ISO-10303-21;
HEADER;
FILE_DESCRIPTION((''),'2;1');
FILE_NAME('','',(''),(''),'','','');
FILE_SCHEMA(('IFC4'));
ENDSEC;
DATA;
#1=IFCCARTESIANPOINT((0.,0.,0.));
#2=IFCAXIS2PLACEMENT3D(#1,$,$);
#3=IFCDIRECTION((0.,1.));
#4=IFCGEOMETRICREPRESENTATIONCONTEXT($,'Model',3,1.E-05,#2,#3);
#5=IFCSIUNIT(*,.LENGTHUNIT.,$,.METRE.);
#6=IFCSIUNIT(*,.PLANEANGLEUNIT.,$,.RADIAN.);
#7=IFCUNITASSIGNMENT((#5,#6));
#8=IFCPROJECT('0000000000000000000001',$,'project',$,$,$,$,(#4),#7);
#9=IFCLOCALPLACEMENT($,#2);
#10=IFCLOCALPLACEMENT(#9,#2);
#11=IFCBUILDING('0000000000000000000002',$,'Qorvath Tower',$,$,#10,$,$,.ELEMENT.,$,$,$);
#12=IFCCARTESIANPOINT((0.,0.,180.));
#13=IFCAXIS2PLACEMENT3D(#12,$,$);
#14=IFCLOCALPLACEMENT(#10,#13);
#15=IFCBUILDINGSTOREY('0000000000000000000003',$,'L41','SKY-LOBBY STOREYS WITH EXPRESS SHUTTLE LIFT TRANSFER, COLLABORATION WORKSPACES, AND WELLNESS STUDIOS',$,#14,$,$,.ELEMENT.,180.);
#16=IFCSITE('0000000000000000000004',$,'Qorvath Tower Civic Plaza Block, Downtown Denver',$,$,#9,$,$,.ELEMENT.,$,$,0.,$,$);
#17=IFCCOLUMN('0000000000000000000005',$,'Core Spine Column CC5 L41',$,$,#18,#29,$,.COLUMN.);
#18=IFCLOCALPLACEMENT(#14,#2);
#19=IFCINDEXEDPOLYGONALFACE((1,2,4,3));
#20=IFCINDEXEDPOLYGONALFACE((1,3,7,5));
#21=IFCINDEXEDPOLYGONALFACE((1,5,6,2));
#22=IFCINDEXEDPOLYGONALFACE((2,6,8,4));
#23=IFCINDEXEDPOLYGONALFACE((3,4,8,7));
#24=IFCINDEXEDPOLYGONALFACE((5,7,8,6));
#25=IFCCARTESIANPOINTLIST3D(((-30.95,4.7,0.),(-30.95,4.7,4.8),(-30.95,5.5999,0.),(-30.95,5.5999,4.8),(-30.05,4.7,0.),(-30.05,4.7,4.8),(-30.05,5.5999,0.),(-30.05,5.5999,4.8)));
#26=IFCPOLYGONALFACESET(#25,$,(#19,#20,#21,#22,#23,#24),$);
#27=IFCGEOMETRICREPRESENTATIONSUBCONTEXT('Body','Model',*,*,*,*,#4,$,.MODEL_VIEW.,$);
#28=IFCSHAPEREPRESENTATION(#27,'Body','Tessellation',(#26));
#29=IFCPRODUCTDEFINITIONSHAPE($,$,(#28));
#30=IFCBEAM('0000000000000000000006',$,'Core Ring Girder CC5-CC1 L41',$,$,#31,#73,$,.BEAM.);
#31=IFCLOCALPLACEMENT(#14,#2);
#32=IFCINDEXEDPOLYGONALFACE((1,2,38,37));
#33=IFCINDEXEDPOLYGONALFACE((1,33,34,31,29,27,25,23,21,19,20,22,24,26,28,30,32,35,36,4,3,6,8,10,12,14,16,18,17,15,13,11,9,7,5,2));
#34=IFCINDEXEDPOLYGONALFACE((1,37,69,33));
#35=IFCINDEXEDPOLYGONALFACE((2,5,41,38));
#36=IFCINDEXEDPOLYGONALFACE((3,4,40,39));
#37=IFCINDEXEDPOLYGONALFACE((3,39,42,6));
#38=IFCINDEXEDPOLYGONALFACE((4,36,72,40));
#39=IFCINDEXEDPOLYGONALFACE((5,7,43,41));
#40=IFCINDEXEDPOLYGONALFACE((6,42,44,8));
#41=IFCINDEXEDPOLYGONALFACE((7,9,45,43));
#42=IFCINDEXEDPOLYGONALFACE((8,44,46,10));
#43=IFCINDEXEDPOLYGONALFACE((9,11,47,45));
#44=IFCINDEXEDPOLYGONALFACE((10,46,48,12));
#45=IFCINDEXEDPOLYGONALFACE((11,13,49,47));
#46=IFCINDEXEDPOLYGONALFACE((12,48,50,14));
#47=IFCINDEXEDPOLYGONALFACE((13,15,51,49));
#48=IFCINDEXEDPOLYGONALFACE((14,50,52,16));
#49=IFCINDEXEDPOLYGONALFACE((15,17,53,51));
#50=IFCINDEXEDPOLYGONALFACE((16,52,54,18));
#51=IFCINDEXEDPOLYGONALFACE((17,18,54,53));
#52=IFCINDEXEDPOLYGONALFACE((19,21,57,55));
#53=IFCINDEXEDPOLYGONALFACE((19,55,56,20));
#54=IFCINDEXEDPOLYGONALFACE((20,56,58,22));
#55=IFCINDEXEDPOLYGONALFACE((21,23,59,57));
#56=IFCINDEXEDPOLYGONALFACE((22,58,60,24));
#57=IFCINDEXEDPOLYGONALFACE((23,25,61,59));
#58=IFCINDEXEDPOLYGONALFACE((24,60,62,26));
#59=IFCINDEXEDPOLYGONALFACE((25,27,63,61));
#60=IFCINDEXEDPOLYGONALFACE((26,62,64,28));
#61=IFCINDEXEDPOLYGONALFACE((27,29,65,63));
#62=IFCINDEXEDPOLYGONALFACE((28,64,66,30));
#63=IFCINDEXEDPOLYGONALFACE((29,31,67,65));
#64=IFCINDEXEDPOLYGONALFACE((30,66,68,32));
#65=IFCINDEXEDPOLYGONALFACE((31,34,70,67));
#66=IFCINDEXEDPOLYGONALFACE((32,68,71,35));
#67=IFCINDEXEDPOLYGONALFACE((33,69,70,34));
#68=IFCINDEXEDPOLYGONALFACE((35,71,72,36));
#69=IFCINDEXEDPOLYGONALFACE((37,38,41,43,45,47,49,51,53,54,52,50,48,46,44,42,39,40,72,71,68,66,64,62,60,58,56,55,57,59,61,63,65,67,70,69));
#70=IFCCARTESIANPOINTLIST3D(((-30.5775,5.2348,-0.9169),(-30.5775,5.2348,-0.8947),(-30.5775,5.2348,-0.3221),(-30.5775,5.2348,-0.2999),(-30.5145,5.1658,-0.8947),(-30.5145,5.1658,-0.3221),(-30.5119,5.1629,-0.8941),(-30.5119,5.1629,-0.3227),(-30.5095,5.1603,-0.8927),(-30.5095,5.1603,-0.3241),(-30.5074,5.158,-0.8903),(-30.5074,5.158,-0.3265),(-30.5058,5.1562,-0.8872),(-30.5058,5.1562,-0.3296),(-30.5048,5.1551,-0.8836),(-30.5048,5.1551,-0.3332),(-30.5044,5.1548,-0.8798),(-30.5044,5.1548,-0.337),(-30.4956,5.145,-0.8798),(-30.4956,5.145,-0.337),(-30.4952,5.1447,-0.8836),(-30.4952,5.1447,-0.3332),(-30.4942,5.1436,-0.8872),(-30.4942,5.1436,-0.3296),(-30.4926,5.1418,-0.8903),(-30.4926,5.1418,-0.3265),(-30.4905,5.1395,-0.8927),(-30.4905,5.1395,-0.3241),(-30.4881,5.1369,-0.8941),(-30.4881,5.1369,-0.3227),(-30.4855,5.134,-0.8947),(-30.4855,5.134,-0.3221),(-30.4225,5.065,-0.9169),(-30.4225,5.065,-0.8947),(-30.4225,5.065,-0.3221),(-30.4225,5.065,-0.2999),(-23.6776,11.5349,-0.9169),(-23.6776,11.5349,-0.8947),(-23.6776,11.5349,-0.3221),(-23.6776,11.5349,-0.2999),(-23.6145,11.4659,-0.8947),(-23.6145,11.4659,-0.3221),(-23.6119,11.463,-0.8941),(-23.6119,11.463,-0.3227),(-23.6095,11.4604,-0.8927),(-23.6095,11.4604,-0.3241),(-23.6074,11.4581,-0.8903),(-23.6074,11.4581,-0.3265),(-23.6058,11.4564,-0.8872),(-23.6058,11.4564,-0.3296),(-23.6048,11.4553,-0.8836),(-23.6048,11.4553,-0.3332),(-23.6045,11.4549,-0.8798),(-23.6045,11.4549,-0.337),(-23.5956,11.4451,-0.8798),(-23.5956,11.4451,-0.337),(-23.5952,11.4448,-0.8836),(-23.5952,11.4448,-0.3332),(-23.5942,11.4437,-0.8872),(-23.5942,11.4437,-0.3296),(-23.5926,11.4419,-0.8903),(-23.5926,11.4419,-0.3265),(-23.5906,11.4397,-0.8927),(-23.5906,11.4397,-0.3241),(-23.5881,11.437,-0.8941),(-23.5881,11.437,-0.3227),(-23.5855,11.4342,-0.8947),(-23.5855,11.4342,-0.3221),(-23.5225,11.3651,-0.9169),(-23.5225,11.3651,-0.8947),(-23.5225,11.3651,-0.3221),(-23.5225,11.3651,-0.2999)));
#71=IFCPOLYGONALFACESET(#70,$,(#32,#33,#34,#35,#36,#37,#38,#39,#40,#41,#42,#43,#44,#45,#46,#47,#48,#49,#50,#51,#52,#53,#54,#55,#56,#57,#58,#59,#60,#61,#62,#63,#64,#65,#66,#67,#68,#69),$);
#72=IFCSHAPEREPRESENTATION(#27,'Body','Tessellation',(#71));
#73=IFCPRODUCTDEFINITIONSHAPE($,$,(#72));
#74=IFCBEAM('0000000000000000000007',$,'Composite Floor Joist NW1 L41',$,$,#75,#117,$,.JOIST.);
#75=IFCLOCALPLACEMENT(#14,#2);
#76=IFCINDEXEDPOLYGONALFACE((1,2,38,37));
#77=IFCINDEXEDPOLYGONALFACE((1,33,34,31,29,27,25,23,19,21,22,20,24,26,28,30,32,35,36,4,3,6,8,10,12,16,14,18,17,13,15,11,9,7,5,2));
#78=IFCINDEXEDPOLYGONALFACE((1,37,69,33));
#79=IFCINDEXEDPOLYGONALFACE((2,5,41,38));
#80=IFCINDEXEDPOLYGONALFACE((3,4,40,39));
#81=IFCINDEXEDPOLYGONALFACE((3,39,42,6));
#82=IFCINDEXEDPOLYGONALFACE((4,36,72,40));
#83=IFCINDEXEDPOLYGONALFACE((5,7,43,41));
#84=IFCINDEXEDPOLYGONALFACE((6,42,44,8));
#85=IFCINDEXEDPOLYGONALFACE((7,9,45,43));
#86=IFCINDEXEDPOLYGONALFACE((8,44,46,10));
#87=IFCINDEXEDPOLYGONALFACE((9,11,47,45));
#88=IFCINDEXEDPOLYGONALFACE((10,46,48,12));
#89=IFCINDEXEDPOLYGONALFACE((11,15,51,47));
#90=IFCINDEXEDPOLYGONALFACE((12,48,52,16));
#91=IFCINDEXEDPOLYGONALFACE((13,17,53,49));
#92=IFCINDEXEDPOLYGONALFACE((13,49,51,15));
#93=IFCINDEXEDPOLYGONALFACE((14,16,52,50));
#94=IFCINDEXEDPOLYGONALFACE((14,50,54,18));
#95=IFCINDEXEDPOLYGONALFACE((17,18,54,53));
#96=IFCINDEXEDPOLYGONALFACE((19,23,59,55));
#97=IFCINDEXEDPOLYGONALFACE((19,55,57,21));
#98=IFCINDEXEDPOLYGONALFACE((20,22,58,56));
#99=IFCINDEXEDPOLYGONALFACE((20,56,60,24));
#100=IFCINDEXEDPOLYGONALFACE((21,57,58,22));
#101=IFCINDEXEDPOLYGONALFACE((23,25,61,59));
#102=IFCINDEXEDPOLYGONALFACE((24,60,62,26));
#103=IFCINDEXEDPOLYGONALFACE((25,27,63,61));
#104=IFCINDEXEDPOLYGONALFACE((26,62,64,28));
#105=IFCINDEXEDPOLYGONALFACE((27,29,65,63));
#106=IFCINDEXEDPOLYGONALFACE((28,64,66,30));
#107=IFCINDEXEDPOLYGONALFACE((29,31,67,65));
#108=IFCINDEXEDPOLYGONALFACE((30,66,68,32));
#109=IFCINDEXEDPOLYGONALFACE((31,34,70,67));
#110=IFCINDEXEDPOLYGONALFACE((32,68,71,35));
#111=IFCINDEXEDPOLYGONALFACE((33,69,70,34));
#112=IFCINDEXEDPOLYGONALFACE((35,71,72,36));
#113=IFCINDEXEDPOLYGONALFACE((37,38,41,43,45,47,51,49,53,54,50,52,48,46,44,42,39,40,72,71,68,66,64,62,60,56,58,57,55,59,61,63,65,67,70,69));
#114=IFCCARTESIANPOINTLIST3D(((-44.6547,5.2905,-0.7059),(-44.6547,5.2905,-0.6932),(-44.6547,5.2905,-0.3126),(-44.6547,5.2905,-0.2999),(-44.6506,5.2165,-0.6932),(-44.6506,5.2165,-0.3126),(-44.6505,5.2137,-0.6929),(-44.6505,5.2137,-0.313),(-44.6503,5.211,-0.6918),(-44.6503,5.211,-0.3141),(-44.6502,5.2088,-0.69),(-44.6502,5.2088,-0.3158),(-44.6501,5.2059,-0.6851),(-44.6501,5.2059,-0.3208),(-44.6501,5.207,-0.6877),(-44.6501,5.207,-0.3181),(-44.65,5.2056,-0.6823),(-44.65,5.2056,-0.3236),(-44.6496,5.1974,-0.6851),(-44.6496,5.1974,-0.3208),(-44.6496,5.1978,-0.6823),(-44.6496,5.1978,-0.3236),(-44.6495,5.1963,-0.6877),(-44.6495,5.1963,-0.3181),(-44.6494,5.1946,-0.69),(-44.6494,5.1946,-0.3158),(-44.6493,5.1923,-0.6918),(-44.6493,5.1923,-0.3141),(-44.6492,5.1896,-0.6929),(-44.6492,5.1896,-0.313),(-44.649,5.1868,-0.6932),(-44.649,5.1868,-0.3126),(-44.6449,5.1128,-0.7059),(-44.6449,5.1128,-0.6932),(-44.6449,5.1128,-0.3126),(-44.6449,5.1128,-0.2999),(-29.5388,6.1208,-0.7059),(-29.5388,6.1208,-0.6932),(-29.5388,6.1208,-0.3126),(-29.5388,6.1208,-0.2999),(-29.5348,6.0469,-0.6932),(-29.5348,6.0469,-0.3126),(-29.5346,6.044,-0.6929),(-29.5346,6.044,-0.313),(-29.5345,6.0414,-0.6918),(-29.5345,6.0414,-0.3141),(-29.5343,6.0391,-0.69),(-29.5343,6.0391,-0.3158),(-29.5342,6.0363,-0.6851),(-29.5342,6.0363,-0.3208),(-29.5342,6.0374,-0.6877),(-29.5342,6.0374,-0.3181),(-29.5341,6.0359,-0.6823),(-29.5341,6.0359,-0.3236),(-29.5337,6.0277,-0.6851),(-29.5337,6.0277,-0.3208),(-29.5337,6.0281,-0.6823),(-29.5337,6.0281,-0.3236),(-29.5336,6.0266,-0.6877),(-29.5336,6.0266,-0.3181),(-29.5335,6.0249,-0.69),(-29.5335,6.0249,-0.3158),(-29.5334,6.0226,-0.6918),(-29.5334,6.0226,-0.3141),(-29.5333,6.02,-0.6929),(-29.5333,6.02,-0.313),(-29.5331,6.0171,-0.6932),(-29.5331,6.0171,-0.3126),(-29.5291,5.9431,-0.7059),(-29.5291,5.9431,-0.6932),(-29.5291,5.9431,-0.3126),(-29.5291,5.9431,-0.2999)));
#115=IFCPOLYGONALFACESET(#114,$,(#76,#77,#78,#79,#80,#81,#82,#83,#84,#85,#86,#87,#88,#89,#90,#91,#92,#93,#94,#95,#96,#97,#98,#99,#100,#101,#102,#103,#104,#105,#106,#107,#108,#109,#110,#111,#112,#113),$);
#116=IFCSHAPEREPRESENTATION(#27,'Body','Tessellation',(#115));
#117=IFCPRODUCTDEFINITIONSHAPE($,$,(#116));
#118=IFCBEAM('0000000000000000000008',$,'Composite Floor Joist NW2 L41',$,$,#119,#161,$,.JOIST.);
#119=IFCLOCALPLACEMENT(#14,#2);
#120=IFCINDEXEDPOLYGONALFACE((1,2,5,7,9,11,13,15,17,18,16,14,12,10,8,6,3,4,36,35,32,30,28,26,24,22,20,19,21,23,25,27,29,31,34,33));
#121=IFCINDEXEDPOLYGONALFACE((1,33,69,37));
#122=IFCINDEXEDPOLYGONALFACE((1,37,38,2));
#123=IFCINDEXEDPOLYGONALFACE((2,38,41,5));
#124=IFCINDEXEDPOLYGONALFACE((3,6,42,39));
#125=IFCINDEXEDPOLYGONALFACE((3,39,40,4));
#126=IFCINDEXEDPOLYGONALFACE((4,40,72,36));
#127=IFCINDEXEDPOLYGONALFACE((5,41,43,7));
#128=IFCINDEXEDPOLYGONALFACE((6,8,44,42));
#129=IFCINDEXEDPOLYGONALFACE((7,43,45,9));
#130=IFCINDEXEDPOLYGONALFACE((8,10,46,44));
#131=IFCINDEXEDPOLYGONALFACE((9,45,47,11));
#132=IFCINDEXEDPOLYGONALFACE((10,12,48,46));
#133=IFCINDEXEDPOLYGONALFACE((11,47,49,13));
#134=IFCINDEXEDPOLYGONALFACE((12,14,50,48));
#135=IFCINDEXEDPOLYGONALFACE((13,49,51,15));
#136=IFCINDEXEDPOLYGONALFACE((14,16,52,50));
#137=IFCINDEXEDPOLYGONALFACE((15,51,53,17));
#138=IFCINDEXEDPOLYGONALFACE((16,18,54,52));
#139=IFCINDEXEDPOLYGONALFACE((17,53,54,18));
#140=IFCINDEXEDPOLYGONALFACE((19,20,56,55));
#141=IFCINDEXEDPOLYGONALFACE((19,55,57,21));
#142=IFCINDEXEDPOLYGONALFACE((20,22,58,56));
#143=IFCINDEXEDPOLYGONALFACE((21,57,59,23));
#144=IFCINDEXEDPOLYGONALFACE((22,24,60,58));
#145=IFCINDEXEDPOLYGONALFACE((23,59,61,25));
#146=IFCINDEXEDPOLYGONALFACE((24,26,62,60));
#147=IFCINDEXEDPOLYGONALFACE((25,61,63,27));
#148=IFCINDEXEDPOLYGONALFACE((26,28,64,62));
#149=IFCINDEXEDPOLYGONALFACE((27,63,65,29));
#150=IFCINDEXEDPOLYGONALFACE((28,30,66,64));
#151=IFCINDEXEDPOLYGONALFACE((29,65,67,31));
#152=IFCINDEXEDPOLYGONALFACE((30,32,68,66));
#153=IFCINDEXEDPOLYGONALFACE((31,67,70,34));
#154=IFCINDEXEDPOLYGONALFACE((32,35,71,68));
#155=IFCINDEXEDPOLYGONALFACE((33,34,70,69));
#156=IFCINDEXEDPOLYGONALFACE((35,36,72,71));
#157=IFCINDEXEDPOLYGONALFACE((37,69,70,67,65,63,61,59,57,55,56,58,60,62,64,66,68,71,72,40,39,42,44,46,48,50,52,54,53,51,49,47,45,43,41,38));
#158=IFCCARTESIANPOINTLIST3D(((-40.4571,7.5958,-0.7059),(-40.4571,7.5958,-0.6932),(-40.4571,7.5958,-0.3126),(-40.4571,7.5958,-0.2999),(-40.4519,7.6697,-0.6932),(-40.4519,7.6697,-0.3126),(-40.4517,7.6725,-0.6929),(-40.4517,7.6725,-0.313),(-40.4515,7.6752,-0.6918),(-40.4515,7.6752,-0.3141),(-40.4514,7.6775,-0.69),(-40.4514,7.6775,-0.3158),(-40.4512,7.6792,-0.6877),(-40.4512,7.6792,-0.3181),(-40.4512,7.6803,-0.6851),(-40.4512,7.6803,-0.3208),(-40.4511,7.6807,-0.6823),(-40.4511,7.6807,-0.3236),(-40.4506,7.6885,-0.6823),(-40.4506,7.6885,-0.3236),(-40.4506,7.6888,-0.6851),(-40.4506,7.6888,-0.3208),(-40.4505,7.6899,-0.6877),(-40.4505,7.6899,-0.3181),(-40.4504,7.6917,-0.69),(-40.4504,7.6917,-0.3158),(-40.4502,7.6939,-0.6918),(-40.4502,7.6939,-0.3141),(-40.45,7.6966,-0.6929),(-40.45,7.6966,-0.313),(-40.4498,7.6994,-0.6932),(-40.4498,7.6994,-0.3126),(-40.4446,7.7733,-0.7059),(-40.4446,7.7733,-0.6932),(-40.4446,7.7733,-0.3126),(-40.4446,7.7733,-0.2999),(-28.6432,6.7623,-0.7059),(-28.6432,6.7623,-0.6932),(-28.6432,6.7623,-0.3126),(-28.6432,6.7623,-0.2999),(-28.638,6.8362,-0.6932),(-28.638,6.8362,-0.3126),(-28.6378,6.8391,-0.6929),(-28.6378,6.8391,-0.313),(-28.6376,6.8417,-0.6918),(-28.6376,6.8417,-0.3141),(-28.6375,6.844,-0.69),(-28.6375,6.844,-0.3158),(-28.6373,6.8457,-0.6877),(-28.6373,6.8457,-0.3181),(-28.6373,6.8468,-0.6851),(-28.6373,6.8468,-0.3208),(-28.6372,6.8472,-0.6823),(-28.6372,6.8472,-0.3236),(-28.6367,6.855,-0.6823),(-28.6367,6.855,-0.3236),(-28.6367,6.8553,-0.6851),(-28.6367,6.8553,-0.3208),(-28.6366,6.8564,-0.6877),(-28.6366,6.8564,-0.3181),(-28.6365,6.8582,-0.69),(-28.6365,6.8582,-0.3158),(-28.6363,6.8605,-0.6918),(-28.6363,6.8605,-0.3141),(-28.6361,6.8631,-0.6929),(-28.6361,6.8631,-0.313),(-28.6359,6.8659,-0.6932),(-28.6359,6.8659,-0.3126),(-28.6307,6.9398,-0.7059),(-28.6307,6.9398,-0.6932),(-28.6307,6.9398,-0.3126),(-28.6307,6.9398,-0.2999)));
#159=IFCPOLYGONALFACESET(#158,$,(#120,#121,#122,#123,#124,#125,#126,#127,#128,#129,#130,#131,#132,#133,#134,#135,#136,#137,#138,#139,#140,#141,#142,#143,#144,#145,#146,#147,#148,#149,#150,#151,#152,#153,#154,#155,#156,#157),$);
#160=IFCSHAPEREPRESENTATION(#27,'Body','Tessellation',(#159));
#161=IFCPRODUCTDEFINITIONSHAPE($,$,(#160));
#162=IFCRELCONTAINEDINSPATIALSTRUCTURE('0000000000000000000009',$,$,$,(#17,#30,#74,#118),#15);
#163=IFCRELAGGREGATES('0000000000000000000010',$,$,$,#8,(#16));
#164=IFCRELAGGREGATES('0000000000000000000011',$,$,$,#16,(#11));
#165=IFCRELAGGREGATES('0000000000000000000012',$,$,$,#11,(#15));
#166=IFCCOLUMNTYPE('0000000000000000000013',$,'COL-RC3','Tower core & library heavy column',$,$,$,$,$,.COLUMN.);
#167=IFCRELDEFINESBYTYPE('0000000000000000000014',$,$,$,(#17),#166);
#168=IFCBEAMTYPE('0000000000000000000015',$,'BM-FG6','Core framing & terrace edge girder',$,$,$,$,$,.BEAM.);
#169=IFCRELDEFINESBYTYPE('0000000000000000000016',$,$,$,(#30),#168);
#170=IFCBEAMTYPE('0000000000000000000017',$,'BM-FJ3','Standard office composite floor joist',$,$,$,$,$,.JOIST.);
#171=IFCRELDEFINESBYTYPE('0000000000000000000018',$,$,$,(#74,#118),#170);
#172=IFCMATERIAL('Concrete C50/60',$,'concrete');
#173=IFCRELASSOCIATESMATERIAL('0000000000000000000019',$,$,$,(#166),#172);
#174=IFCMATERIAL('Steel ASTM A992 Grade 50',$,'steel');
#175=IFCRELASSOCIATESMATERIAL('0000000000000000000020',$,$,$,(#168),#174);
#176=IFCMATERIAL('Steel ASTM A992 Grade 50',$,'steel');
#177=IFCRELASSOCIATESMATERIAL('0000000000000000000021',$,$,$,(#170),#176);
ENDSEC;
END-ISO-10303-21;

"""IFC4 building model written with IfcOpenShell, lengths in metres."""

from ifc_helpers import new_model, si_unit, direction, frame, origin, origin_2d, place, context, subcontext, project, spatial, rectangle, i_section, extrude, material, material_profile, profile_set, type_object, element, save


model = new_model("IFC4")

# Units and contexts
model_context = context("Model", 3, precision=1e-05, world=origin(), true_north=direction((0.0, 1.0)))
body_context = subcontext(model_context, "Body", "Model", "MODEL_VIEW")
ifc_project = project(units=[si_unit("LENGTHUNIT", "METRE"), si_unit("PLANEANGLEUNIT", "RADIAN")], contexts=[model_context])

# Site, building, storey
site_placement = place(None, origin())
site = spatial("IfcSite", under=ifc_project, at=site_placement, Name="Qorvath Tower Civic Plaza Block, Downtown Denver", CompositionType="ELEMENT", RefElevation=0.0)
building_placement = place(site_placement, origin())
building = spatial("IfcBuilding", under=site, at=building_placement, Name="Qorvath Tower", CompositionType="ELEMENT")
storey_placement = place(building_placement, frame((0.0, 0.0, 180.0)))
storey = spatial("IfcBuildingStorey", under=building, at=storey_placement, Name="L41", Description="SKY-LOBBY STOREYS WITH EXPRESS SHUTTLE LIFT TRANSFER, COLLABORATION WORKSPACES, AND WELLNESS STUDIOS", CompositionType="ELEMENT", Elevation=180.0)

# Column
ifc_material_1 = material(Name="Concrete C50/60", Category="concrete")
ifc_material_profile_1 = material_profile(ifc_material_1, rectangle(XDim=0.8999, YDim=0.8999, at=origin_2d()), Name="RC 900x900")
ifc_profile_set_1 = profile_set([ifc_material_profile_1], Name="Concrete C50/60")
column_type = type_object("IfcColumnType", Name="COL-RC3", Description="Tower core & library heavy column", PredefinedType="COLUMN", material=ifc_profile_set_1)
column_placement = place(storey_placement, frame((-30.5, 5.1499, 0.0), z_axis=(0.0, 0.0, 1.0), x_axis=(1.0, 0.0, 0.0)))
element("IfcColumn", 1, at=column_placement, inside=storey, type_object=column_type, Name="Core Spine Column CC5 L41", PredefinedType="COLUMN", context=body_context, shape_type="SweptSolid", body=[
    extrude(rectangle(XDim=0.8999, YDim=0.8999, at=origin_2d()), origin(), (0.0, 0.0, 1.0), 4.8),
])

# Beams
ifc_material_2 = material(Name="Steel ASTM A992 Grade 50", Category="steel")
ifc_material_profile_2 = material_profile(ifc_material_2, i_section(OverallWidth=0.23, OverallDepth=0.6169, WebThickness=0.0132, FlangeThickness=0.0222, FilletRadius=0.0149, at=origin_2d()), Name="W24x94")
ifc_profile_set_2 = profile_set([ifc_material_profile_2], Name="Steel ASTM A992 Grade 50")
beam_type_1 = type_object("IfcBeamType", Name="BM-FG6", Description="Core framing & terrace edge girder", PredefinedType="BEAM", material=ifc_profile_set_2)
beam_1_placement = place(storey_placement, frame((-30.5, 5.1499, -0.6084), z_axis=(0.738478, 0.674277, 0.0), x_axis=(-0.674277, 0.738478, 0.0)))
element("IfcBeam", 2, at=beam_1_placement, inside=storey, type_object=beam_type_1, Name="Core Ring Girder CC5-CC1 L41", PredefinedType="BEAM", context=body_context, shape_type="SweptSolid", body=[
    extrude(i_section(OverallWidth=0.23, OverallDepth=0.6169, WebThickness=0.0132, FlangeThickness=0.0222, FilletRadius=0.0149, at=origin_2d()), origin(), (0.0, 0.0, 1.0), 9.3435),
])
ifc_material_3 = material(Name="Steel ASTM A992 Grade 50", Category="steel")
ifc_material_profile_3 = material_profile(ifc_material_3, i_section(OverallWidth=0.178, OverallDepth=0.406, WebThickness=0.0078, FlangeThickness=0.0127, FilletRadius=0.011, at=origin_2d()), Name="W16x40")
ifc_profile_set_3 = profile_set([ifc_material_profile_3], Name="Steel ASTM A992 Grade 50")
beam_type_2 = type_object("IfcBeamType", Name="BM-FJ3", Description="Standard office composite floor joist", PredefinedType="JOIST", material=ifc_profile_set_3)
beam_2_placement = place(storey_placement, frame((-29.5339, 6.032, -0.5029), z_axis=(-0.998495, -0.054847, 0.0), x_axis=(0.054847, -0.998495, 0.0)))
element("IfcBeam", 3, at=beam_2_placement, inside=storey, type_object=beam_type_2, Name="Composite Floor Joist NW1 L41", PredefinedType="JOIST", context=body_context, shape_type="SweptSolid", body=[
    extrude(i_section(OverallWidth=0.178, OverallDepth=0.406, WebThickness=0.0078, FlangeThickness=0.0127, FilletRadius=0.011, at=origin_2d()), origin(), (0.0, 0.0, 1.0), 15.1387),
])
beam_3_placement = place(storey_placement, frame((-28.637, 6.8511, -0.5029), z_axis=(-0.99752, 0.070377, 0.0), x_axis=(-0.070377, -0.99752, 0.0)))
element("IfcBeam", 4, at=beam_3_placement, inside=storey, type_object=beam_type_2, Name="Composite Floor Joist NW2 L41", PredefinedType="JOIST", context=body_context, shape_type="SweptSolid", body=[
    extrude(i_section(OverallWidth=0.178, OverallDepth=0.406, WebThickness=0.0078, FlangeThickness=0.0127, FilletRadius=0.011, at=origin_2d()), origin(), (0.0, 0.0, 1.0), 11.8433),
])

save(model, "model.ifc")
